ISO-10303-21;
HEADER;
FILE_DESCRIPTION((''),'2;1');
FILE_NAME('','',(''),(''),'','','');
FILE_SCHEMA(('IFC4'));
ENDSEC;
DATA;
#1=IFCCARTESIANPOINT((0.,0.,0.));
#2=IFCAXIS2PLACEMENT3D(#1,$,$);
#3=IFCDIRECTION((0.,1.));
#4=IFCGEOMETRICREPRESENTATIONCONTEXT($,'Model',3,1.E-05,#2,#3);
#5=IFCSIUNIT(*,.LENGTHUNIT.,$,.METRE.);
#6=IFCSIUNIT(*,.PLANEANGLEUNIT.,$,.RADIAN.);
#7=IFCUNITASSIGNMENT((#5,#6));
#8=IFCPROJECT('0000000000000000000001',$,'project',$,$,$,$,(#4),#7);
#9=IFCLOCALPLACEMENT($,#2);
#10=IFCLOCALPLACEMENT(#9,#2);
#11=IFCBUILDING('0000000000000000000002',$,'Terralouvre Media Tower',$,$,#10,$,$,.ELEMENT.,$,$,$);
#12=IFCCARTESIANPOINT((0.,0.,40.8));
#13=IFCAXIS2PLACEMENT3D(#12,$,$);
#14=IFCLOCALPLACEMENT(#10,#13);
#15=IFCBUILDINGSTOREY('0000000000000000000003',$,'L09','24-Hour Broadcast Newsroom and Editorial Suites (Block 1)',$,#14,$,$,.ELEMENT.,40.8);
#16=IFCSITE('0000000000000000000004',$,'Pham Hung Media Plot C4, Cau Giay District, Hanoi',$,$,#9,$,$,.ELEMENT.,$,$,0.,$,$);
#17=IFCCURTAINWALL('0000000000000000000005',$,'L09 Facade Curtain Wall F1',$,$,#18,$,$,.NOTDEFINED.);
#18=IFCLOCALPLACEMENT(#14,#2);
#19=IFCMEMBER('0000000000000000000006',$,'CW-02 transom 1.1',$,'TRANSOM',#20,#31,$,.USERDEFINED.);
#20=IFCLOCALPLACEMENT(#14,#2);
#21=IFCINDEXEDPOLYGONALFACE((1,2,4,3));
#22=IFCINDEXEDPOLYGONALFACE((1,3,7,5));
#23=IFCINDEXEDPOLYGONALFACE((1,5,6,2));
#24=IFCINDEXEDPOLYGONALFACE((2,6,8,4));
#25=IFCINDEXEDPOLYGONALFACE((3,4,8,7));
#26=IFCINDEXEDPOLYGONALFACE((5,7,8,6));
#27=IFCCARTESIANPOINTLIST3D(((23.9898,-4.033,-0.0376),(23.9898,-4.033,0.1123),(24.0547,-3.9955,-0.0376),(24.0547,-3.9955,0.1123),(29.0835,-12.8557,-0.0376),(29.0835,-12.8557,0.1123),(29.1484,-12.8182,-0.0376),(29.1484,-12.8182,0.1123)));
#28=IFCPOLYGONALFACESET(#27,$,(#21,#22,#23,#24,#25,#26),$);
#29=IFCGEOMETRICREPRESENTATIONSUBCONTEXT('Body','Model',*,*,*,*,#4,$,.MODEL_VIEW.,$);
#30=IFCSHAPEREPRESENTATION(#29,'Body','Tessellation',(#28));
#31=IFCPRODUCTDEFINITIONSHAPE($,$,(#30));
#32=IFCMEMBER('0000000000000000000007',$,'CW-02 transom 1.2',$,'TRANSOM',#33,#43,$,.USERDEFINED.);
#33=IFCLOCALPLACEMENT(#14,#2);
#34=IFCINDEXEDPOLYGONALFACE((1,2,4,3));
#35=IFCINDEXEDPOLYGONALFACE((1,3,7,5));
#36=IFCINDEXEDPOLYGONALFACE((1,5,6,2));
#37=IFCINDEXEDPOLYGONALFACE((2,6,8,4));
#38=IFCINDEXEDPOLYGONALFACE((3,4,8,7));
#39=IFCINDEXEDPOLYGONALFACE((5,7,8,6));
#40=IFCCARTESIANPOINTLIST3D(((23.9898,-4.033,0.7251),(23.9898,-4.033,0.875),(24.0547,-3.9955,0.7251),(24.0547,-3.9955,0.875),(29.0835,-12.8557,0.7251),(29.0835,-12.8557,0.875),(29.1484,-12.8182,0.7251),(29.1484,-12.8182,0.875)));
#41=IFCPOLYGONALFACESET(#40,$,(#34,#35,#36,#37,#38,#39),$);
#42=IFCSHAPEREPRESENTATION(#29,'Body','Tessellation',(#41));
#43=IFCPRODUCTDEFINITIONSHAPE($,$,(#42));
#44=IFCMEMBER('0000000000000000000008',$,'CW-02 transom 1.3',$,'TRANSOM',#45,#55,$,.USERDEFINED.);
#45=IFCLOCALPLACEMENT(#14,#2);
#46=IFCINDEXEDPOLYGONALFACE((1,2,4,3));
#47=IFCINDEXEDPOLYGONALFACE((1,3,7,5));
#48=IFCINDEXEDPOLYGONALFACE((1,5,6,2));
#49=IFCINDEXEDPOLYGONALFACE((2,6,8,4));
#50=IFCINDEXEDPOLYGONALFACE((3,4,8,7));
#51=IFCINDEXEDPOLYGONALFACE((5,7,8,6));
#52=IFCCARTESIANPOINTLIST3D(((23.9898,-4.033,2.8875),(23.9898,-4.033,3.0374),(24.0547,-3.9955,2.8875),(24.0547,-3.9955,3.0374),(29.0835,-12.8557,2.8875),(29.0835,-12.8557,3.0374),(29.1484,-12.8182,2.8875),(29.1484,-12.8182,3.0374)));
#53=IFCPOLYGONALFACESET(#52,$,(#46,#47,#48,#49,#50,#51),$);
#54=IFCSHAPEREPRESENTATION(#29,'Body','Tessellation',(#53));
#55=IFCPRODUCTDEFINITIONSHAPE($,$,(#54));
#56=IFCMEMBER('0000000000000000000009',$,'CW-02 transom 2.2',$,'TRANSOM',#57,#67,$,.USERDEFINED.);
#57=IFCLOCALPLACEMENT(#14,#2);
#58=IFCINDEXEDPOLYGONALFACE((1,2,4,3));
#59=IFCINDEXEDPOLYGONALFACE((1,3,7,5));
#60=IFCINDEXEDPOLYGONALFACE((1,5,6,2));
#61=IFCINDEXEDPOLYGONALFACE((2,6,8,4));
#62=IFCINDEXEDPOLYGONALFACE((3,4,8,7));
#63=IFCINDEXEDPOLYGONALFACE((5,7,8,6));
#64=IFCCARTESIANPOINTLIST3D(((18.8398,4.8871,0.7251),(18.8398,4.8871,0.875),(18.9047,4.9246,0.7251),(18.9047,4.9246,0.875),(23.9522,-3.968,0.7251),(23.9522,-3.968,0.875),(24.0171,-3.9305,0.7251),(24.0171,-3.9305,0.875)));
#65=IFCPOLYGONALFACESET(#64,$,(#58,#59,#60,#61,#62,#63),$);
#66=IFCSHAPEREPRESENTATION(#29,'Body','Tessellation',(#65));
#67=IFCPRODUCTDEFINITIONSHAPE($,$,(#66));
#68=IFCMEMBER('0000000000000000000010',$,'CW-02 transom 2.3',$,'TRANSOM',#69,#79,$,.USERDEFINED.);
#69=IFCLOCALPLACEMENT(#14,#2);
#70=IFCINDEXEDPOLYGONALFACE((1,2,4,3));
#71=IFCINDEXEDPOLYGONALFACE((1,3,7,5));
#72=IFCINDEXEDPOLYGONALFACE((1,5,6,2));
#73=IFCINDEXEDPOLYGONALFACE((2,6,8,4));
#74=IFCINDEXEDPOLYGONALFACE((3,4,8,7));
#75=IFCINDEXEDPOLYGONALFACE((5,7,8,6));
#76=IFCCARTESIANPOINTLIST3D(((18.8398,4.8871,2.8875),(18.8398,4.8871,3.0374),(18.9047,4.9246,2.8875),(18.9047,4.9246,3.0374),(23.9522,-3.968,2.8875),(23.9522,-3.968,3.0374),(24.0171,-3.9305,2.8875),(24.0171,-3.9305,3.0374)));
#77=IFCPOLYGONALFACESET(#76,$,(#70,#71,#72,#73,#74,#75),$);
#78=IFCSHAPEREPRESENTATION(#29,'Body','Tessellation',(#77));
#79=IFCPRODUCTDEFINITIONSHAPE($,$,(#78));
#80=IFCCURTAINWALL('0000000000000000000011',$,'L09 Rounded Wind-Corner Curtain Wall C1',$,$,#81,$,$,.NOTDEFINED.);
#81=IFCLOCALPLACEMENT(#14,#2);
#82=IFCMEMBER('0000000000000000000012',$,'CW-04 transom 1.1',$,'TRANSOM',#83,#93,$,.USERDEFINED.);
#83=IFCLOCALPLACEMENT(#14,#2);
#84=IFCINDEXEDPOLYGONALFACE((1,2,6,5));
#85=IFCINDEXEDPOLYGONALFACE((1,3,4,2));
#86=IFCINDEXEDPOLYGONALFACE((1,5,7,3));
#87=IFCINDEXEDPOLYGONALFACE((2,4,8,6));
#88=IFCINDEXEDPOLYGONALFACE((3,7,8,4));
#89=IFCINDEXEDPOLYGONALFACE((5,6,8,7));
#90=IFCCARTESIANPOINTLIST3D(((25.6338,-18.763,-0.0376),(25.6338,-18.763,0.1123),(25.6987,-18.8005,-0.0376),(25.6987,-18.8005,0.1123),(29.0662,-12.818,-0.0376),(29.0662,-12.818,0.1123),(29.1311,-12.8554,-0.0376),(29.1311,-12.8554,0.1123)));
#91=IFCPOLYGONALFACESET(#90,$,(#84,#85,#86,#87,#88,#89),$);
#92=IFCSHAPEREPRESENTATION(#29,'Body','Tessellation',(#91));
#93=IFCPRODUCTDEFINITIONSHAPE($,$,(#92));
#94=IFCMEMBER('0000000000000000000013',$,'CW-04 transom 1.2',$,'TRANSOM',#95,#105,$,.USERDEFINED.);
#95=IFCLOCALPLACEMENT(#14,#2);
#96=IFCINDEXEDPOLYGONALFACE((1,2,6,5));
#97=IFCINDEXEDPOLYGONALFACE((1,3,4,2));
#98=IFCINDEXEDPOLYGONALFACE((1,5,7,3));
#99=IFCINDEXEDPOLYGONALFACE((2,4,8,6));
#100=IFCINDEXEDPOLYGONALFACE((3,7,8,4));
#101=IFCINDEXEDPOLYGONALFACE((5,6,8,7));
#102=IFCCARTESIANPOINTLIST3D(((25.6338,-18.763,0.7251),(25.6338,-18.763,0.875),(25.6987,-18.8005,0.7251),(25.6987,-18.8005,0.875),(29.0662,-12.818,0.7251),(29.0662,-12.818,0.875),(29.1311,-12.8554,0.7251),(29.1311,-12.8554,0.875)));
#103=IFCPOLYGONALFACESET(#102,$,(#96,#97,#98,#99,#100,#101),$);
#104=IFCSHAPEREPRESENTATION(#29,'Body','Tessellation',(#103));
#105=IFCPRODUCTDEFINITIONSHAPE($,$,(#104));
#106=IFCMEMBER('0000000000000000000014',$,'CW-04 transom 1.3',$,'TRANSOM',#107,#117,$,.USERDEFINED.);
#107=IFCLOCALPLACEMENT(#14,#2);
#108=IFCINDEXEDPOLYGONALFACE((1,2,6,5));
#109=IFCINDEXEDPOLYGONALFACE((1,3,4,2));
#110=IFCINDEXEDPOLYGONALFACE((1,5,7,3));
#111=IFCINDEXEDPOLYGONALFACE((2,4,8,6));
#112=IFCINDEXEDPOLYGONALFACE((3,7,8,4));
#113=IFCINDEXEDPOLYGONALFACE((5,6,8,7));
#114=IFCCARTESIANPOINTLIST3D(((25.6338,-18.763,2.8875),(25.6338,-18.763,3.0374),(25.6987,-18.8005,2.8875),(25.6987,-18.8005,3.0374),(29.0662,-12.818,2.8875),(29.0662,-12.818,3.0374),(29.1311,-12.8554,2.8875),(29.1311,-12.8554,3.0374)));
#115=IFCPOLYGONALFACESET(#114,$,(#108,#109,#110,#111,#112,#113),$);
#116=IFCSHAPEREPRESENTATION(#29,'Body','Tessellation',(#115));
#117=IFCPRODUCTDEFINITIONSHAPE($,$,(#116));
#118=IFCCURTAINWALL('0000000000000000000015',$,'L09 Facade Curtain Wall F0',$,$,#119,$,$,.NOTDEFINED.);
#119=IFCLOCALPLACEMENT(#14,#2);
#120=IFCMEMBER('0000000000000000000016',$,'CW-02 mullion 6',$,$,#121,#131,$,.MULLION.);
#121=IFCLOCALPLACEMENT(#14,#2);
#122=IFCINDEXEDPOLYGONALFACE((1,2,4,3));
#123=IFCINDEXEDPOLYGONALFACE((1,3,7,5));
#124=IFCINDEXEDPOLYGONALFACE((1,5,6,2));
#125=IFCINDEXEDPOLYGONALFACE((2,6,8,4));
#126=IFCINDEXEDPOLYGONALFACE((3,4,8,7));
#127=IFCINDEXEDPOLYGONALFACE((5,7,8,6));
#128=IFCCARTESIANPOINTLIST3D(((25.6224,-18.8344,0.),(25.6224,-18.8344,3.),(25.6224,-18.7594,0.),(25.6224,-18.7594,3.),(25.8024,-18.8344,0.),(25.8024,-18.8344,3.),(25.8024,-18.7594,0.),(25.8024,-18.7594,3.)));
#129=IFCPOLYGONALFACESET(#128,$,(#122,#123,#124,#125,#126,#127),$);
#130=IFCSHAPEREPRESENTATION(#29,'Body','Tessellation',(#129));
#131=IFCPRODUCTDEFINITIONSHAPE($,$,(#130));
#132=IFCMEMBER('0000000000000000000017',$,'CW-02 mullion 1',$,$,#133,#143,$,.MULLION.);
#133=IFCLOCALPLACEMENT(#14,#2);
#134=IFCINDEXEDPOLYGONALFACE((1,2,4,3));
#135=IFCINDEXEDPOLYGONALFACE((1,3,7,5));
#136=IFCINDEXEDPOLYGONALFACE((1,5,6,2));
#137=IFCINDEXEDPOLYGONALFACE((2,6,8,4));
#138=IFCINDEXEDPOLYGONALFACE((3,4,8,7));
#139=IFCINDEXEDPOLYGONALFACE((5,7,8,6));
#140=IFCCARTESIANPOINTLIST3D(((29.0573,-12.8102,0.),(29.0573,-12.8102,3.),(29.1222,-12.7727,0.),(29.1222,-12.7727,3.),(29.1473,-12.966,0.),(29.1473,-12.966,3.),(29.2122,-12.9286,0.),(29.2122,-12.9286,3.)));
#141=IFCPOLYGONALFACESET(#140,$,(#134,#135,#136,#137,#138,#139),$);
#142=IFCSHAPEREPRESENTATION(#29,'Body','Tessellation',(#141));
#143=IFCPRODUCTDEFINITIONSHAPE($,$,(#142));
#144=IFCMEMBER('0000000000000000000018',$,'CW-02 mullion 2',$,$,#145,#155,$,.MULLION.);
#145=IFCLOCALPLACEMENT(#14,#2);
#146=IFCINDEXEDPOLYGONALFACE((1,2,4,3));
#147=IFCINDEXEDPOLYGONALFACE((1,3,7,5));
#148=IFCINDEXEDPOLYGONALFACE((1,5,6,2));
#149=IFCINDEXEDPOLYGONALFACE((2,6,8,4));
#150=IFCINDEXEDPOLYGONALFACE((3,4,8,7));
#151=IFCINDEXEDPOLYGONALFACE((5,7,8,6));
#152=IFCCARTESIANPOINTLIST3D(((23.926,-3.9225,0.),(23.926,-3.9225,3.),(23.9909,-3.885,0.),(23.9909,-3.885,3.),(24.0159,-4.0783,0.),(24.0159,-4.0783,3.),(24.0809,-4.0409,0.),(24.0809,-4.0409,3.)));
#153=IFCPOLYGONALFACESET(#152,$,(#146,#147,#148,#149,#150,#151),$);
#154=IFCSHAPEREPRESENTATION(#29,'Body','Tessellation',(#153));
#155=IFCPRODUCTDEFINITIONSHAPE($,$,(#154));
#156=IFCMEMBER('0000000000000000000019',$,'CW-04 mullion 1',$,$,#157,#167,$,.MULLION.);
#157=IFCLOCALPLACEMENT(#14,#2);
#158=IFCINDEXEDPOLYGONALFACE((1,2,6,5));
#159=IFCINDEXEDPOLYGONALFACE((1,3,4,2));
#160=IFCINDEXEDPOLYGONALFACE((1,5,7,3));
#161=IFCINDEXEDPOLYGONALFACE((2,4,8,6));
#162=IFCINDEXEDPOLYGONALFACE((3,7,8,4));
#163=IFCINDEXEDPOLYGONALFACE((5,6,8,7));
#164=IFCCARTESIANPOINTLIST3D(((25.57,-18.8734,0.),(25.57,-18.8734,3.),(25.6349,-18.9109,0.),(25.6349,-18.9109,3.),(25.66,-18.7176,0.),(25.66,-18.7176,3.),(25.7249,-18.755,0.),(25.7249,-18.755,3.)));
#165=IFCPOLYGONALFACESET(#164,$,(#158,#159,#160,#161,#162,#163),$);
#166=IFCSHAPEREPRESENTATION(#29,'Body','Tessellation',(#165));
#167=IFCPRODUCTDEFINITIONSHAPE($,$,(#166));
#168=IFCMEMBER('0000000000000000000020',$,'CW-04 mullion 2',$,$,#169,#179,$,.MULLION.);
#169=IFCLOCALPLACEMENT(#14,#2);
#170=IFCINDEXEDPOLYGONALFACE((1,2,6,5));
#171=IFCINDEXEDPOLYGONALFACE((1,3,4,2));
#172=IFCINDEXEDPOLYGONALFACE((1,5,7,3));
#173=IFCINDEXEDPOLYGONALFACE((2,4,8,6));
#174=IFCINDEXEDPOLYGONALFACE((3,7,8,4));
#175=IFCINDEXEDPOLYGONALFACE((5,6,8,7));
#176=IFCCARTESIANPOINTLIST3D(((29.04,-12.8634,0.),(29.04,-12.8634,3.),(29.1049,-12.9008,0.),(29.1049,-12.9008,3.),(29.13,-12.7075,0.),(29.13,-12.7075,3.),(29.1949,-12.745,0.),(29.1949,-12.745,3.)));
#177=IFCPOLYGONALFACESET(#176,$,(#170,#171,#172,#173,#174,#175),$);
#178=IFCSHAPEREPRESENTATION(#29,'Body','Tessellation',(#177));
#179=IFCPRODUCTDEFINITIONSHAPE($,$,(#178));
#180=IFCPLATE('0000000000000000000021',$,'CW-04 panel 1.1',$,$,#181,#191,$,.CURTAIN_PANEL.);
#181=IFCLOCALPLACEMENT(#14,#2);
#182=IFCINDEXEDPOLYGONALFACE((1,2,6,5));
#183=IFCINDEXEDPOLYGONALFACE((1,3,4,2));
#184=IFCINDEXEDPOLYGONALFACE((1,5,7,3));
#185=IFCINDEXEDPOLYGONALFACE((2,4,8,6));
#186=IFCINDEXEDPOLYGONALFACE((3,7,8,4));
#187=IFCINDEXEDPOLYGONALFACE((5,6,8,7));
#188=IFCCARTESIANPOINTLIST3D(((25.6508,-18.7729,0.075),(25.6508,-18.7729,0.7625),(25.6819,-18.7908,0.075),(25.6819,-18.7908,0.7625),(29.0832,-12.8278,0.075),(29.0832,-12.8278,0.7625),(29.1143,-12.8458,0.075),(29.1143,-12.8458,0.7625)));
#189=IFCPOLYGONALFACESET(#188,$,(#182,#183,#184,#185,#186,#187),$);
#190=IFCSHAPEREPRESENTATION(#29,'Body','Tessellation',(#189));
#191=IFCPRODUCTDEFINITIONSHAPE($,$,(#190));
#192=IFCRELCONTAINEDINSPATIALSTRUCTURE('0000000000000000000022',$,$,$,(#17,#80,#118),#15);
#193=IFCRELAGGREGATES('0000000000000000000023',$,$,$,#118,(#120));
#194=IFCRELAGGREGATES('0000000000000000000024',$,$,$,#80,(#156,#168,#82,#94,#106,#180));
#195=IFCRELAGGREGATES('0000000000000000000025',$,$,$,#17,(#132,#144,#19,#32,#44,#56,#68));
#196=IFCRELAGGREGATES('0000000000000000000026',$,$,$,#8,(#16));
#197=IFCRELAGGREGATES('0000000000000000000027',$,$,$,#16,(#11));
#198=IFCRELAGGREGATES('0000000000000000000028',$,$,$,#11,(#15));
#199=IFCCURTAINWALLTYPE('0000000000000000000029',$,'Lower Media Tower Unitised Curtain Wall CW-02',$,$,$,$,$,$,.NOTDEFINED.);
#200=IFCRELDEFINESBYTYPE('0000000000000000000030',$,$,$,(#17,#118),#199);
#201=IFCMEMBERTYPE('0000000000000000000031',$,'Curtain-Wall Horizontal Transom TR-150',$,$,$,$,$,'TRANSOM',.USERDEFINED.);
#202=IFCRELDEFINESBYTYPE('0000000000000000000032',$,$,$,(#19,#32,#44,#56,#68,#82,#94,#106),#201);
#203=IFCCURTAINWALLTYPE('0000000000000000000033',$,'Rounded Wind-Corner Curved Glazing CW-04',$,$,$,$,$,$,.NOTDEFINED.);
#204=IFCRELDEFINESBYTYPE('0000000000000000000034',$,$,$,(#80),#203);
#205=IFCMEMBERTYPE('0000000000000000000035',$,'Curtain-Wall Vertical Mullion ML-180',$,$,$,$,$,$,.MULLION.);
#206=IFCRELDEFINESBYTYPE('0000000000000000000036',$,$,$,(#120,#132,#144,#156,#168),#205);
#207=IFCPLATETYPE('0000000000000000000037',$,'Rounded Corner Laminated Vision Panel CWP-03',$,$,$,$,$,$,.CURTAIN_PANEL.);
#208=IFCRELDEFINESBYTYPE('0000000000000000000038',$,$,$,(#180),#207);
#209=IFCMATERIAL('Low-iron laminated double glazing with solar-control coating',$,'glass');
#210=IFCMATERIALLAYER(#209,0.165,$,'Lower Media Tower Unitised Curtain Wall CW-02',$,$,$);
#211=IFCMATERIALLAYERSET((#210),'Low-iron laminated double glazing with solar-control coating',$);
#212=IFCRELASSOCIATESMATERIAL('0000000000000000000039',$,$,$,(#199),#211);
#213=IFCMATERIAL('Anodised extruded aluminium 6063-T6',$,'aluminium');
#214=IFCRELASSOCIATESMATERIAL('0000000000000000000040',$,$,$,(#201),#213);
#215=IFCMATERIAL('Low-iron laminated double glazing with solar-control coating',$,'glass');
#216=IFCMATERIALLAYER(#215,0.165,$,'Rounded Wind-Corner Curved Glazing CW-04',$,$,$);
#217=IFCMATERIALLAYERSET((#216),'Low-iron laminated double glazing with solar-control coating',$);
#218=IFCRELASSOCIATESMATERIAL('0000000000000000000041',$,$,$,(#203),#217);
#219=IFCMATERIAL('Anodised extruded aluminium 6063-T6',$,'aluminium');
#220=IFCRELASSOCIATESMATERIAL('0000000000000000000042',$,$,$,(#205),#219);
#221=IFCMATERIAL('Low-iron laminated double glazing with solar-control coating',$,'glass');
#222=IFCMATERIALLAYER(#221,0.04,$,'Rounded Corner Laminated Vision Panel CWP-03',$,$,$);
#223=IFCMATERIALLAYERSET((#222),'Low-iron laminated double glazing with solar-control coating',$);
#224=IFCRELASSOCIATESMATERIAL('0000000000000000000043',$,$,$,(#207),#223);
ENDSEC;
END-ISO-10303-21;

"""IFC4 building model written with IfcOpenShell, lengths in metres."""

from ifc_helpers import new_model, si_unit, direction, frame, origin, origin_2d, place, context, subcontext, project, spatial, rectangle, extrude, material, layer, layer_set, material_profile, profile_set, type_object, element, aggregate, save


model = new_model("IFC4")

# Units and contexts
model_context = context("Model", 3, precision=1e-05, world=origin(), true_north=direction((0.0, 1.0)))
body_context = subcontext(model_context, "Body", "Model", "MODEL_VIEW")
ifc_project = project(units=[si_unit("LENGTHUNIT", "METRE"), si_unit("PLANEANGLEUNIT", "RADIAN")], contexts=[model_context])

# Site, building, storey
site_placement = place(None, origin())
site = spatial("IfcSite", under=ifc_project, at=site_placement, Name="Pham Hung Media Plot C4, Cau Giay District, Hanoi", CompositionType="ELEMENT", RefElevation=0.0)
building_placement = place(site_placement, origin())
building = spatial("IfcBuilding", under=site, at=building_placement, Name="Terralouvre Media Tower", CompositionType="ELEMENT")
storey_placement = place(building_placement, frame((0.0, 0.0, 40.8)))
storey = spatial("IfcBuildingStorey", under=building, at=storey_placement, Name="L09", Description="24-Hour Broadcast Newsroom and Editorial Suites (Block 1)", CompositionType="ELEMENT", Elevation=40.8)

# Curtain walls, members
ifc_material_1 = material(Name="Low-iron laminated double glazing with solar-control coating", Category="glass")
ifc_layer_1 = layer(ifc_material_1, 0.165, Name="Lower Media Tower Unitised Curtain Wall CW-02")
ifc_layer_set_1 = layer_set([ifc_layer_1], Name="Low-iron laminated double glazing with solar-control coating")
curtain_wall_type_1 = type_object("IfcCurtainWallType", Name="Lower Media Tower Unitised Curtain Wall CW-02", PredefinedType="NOTDEFINED", material=ifc_layer_set_1)
curtain_wall_1_placement = place(storey_placement, origin())
curtain_wall_1 = element("IfcCurtainWall", 1, at=curtain_wall_1_placement, inside=storey, type_object=curtain_wall_type_1, Name="L09 Facade Curtain Wall F1", PredefinedType="NOTDEFINED")
ifc_material_2 = material(Name="Anodised extruded aluminium 6063-T6", Category="aluminium")
ifc_material_profile_1 = material_profile(ifc_material_2, rectangle(XDim=0.075, YDim=0.1499, at=origin_2d()), Name="ALU 75x150")
ifc_profile_set_1 = profile_set([ifc_material_profile_1], Name="Anodised extruded aluminium 6063-T6")
member_type_1 = type_object("IfcMemberType", Name="Curtain-Wall Horizontal Transom TR-150", ElementType="TRANSOM", PredefinedType="USERDEFINED", material=ifc_profile_set_1)
member_1_placement = place(storey_placement, frame((29.116, -12.8369, 0.0374), z_axis=(-0.499995, 0.866028, 0.0), x_axis=(-0.866028, -0.499995, 0.0)))
member_1 = element("IfcMember", 2, at=member_1_placement, type_object=member_type_1, Name="CW-02 transom 1.1", ObjectType="TRANSOM", PredefinedType="USERDEFINED", context=body_context, shape_type="SweptSolid", body=[
    extrude(rectangle(XDim=0.075, YDim=0.1499, at=origin_2d()), origin(), (0.0, 0.0, 1.0), 10.1875),
])
member_2_placement = place(storey_placement, frame((29.116, -12.8369, 0.8), z_axis=(-0.499995, 0.866028, 0.0), x_axis=(-0.866028, -0.499995, 0.0)))
member_2 = element("IfcMember", 3, at=member_2_placement, type_object=member_type_1, Name="CW-02 transom 1.2", ObjectType="TRANSOM", PredefinedType="USERDEFINED", context=body_context, shape_type="SweptSolid", body=[
    extrude(rectangle(XDim=0.075, YDim=0.1499, at=origin_2d()), origin(), (0.0, 0.0, 1.0), 10.1875),
])
member_3_placement = place(storey_placement, frame((29.116, -12.8369, 2.9624), z_axis=(-0.499995, 0.866028, 0.0), x_axis=(-0.866028, -0.499995, 0.0)))
member_3 = element("IfcMember", 4, at=member_3_placement, type_object=member_type_1, Name="CW-02 transom 1.3", ObjectType="TRANSOM", PredefinedType="USERDEFINED", context=body_context, shape_type="SweptSolid", body=[
    extrude(rectangle(XDim=0.075, YDim=0.1499, at=origin_2d()), origin(), (0.0, 0.0, 1.0), 10.1875),
])
member_4_placement = place(storey_placement, frame((23.9846, -3.9492, 0.8), z_axis=(-0.499991, 0.866031, 0.0), x_axis=(-0.866031, -0.499991, 0.0)))
member_4 = element("IfcMember", 5, at=member_4_placement, type_object=member_type_1, Name="CW-02 transom 2.2", ObjectType="TRANSOM", PredefinedType="USERDEFINED", context=body_context, shape_type="SweptSolid", body=[
    extrude(rectangle(XDim=0.075, YDim=0.1499, at=origin_2d()), origin(), (0.0, 0.0, 1.0), 10.2249),
])
member_5_placement = place(storey_placement, frame((23.9846, -3.9492, 2.9624), z_axis=(-0.499991, 0.866031, 0.0), x_axis=(-0.866031, -0.499991, 0.0)))
member_5 = element("IfcMember", 6, at=member_5_placement, type_object=member_type_1, Name="CW-02 transom 2.3", ObjectType="TRANSOM", PredefinedType="USERDEFINED", context=body_context, shape_type="SweptSolid", body=[
    extrude(rectangle(XDim=0.075, YDim=0.1499, at=origin_2d()), origin(), (0.0, 0.0, 1.0), 10.2249),
])
ifc_material_3 = material(Name="Low-iron laminated double glazing with solar-control coating", Category="glass")
ifc_layer_2 = layer(ifc_material_3, 0.165, Name="Rounded Wind-Corner Curved Glazing CW-04")
ifc_layer_set_2 = layer_set([ifc_layer_2], Name="Low-iron laminated double glazing with solar-control coating")
curtain_wall_type_2 = type_object("IfcCurtainWallType", Name="Rounded Wind-Corner Curved Glazing CW-04", PredefinedType="NOTDEFINED", material=ifc_layer_set_2)
curtain_wall_2_placement = place(storey_placement, origin())
curtain_wall_2 = element("IfcCurtainWall", 7, at=curtain_wall_2_placement, inside=storey, type_object=curtain_wall_type_2, Name="L09 Rounded Wind-Corner Curtain Wall C1", PredefinedType="NOTDEFINED")
member_6_placement = place(storey_placement, frame((25.6663, -18.7817, 0.0374), z_axis=(0.499998, 0.866026, 0.0), x_axis=(-0.866026, 0.499998, 0.0)))
member_6 = element("IfcMember", 8, at=member_6_placement, type_object=member_type_1, Name="CW-04 transom 1.1", ObjectType="TRANSOM", PredefinedType="USERDEFINED", context=body_context, shape_type="SweptSolid", body=[
    extrude(rectangle(XDim=0.075, YDim=0.1499, at=origin_2d()), origin(), (0.0, 0.0, 1.0), 6.8647),
])
member_7_placement = place(storey_placement, frame((25.6663, -18.7817, 0.8), z_axis=(0.499998, 0.866026, 0.0), x_axis=(-0.866026, 0.499998, 0.0)))
member_7 = element("IfcMember", 9, at=member_7_placement, type_object=member_type_1, Name="CW-04 transom 1.2", ObjectType="TRANSOM", PredefinedType="USERDEFINED", context=body_context, shape_type="SweptSolid", body=[
    extrude(rectangle(XDim=0.075, YDim=0.1499, at=origin_2d()), origin(), (0.0, 0.0, 1.0), 6.8647),
])
member_8_placement = place(storey_placement, frame((25.6663, -18.7817, 2.9624), z_axis=(0.499998, 0.866026, 0.0), x_axis=(-0.866026, 0.499998, 0.0)))
member_8 = element("IfcMember", 10, at=member_8_placement, type_object=member_type_1, Name="CW-04 transom 1.3", ObjectType="TRANSOM", PredefinedType="USERDEFINED", context=body_context, shape_type="SweptSolid", body=[
    extrude(rectangle(XDim=0.075, YDim=0.1499, at=origin_2d()), origin(), (0.0, 0.0, 1.0), 6.8647),
])

# Curtain wall, member
curtain_wall_3_placement = place(storey_placement, origin())
curtain_wall_3 = element("IfcCurtainWall", 11, at=curtain_wall_3_placement, inside=storey, type_object=curtain_wall_type_1, Name="L09 Facade Curtain Wall F0", PredefinedType="NOTDEFINED")
ifc_material_4 = material(Name="Anodised extruded aluminium 6063-T6", Category="aluminium")
ifc_material_profile_2 = material_profile(ifc_material_4, rectangle(XDim=0.075, YDim=0.1799, at=origin_2d()), Name="ALU 75x180")
ifc_profile_set_2 = profile_set([ifc_material_profile_2], Name="Anodised extruded aluminium 6063-T6")
member_type_2 = type_object("IfcMemberType", Name="Curtain-Wall Vertical Mullion ML-180", PredefinedType="MULLION", material=ifc_profile_set_2)
member_9_placement = place(storey_placement, frame((25.7124, -18.7969, 0.0), z_axis=(0.0, 0.0, 1.0), x_axis=(0.0, 1.0, 0.0)))
member_9 = element("IfcMember", 12, at=member_9_placement, type_object=member_type_2, Name="CW-02 mullion 6", PredefinedType="MULLION", context=body_context, shape_type="SweptSolid", body=[
    extrude(rectangle(XDim=0.075, YDim=0.1799, at=origin_2d()), origin(), (0.0, 0.0, 1.0), 3.0),
])
aggregate(curtain_wall_3, [member_9])

# Members
member_10_placement = place(storey_placement, frame((29.1348, -12.8694, 0.0), z_axis=(0.0, 0.0, 1.0), x_axis=(-0.866025, -0.5, 0.0)))
member_10 = element("IfcMember", 13, at=member_10_placement, type_object=member_type_2, Name="CW-02 mullion 1", PredefinedType="MULLION", context=body_context, shape_type="SweptSolid", body=[
    extrude(rectangle(XDim=0.075, YDim=0.1799, at=origin_2d()), origin(), (0.0, 0.0, 1.0), 3.0),
])
member_11_placement = place(storey_placement, frame((24.0034, -3.9817, 0.0), z_axis=(0.0, 0.0, 1.0), x_axis=(-0.866025, -0.5, 0.0)))
member_11 = element("IfcMember", 14, at=member_11_placement, type_object=member_type_2, Name="CW-02 mullion 2", PredefinedType="MULLION", context=body_context, shape_type="SweptSolid", body=[
    extrude(rectangle(XDim=0.075, YDim=0.1799, at=origin_2d()), origin(), (0.0, 0.0, 1.0), 3.0),
])
member_12_placement = place(storey_placement, frame((25.6475, -18.8142, 0.0), z_axis=(0.0, 0.0, 1.0), x_axis=(-0.866026, 0.5, 0.0)))
member_12 = element("IfcMember", 15, at=member_12_placement, type_object=member_type_2, Name="CW-04 mullion 1", PredefinedType="MULLION", context=body_context, shape_type="SweptSolid", body=[
    extrude(rectangle(XDim=0.075, YDim=0.1799, at=origin_2d()), origin(), (0.0, 0.0, 1.0), 3.0),
])
member_13_placement = place(storey_placement, frame((29.1174, -12.8042, 0.0), z_axis=(0.0, 0.0, 1.0), x_axis=(-0.866026, 0.5, 0.0)))
member_13 = element("IfcMember", 16, at=member_13_placement, type_object=member_type_2, Name="CW-04 mullion 2", PredefinedType="MULLION", context=body_context, shape_type="SweptSolid", body=[
    extrude(rectangle(XDim=0.075, YDim=0.1799, at=origin_2d()), origin(), (0.0, 0.0, 1.0), 3.0),
])

# Plate
ifc_material_5 = material(Name="Low-iron laminated double glazing with solar-control coating", Category="glass")
ifc_layer_3 = layer(ifc_material_5, 0.04, Name="Rounded Corner Laminated Vision Panel CWP-03")
ifc_layer_set_3 = layer_set([ifc_layer_3], Name="Low-iron laminated double glazing with solar-control coating")
plate_type_1 = type_object("IfcPlateType", Name="Rounded Corner Laminated Vision Panel CWP-03", PredefinedType="CURTAIN_PANEL", material=ifc_layer_set_3)
plate_1_placement = place(storey_placement, frame((27.3826, -15.8093, 0.075), z_axis=(0.0, 0.0, 1.0), x_axis=(0.5, 0.866026, 0.0)))
plate_1 = element("IfcPlate", 17, at=plate_1_placement, type_object=plate_type_1, Name="CW-04 panel 1.1", PredefinedType="CURTAIN_PANEL", context=body_context, shape_type="SweptSolid", body=[
    extrude(rectangle(XDim=6.8647, YDim=0.0359, at=origin_2d()), origin(), (0.0, 0.0, 1.0), 0.6875),
])
aggregate(curtain_wall_2, [member_12, member_13, member_6, member_7, member_8, plate_1])
aggregate(curtain_wall_1, [member_10, member_11, member_1, member_2, member_3, member_4, member_5])

save(model, "model.ifc")
